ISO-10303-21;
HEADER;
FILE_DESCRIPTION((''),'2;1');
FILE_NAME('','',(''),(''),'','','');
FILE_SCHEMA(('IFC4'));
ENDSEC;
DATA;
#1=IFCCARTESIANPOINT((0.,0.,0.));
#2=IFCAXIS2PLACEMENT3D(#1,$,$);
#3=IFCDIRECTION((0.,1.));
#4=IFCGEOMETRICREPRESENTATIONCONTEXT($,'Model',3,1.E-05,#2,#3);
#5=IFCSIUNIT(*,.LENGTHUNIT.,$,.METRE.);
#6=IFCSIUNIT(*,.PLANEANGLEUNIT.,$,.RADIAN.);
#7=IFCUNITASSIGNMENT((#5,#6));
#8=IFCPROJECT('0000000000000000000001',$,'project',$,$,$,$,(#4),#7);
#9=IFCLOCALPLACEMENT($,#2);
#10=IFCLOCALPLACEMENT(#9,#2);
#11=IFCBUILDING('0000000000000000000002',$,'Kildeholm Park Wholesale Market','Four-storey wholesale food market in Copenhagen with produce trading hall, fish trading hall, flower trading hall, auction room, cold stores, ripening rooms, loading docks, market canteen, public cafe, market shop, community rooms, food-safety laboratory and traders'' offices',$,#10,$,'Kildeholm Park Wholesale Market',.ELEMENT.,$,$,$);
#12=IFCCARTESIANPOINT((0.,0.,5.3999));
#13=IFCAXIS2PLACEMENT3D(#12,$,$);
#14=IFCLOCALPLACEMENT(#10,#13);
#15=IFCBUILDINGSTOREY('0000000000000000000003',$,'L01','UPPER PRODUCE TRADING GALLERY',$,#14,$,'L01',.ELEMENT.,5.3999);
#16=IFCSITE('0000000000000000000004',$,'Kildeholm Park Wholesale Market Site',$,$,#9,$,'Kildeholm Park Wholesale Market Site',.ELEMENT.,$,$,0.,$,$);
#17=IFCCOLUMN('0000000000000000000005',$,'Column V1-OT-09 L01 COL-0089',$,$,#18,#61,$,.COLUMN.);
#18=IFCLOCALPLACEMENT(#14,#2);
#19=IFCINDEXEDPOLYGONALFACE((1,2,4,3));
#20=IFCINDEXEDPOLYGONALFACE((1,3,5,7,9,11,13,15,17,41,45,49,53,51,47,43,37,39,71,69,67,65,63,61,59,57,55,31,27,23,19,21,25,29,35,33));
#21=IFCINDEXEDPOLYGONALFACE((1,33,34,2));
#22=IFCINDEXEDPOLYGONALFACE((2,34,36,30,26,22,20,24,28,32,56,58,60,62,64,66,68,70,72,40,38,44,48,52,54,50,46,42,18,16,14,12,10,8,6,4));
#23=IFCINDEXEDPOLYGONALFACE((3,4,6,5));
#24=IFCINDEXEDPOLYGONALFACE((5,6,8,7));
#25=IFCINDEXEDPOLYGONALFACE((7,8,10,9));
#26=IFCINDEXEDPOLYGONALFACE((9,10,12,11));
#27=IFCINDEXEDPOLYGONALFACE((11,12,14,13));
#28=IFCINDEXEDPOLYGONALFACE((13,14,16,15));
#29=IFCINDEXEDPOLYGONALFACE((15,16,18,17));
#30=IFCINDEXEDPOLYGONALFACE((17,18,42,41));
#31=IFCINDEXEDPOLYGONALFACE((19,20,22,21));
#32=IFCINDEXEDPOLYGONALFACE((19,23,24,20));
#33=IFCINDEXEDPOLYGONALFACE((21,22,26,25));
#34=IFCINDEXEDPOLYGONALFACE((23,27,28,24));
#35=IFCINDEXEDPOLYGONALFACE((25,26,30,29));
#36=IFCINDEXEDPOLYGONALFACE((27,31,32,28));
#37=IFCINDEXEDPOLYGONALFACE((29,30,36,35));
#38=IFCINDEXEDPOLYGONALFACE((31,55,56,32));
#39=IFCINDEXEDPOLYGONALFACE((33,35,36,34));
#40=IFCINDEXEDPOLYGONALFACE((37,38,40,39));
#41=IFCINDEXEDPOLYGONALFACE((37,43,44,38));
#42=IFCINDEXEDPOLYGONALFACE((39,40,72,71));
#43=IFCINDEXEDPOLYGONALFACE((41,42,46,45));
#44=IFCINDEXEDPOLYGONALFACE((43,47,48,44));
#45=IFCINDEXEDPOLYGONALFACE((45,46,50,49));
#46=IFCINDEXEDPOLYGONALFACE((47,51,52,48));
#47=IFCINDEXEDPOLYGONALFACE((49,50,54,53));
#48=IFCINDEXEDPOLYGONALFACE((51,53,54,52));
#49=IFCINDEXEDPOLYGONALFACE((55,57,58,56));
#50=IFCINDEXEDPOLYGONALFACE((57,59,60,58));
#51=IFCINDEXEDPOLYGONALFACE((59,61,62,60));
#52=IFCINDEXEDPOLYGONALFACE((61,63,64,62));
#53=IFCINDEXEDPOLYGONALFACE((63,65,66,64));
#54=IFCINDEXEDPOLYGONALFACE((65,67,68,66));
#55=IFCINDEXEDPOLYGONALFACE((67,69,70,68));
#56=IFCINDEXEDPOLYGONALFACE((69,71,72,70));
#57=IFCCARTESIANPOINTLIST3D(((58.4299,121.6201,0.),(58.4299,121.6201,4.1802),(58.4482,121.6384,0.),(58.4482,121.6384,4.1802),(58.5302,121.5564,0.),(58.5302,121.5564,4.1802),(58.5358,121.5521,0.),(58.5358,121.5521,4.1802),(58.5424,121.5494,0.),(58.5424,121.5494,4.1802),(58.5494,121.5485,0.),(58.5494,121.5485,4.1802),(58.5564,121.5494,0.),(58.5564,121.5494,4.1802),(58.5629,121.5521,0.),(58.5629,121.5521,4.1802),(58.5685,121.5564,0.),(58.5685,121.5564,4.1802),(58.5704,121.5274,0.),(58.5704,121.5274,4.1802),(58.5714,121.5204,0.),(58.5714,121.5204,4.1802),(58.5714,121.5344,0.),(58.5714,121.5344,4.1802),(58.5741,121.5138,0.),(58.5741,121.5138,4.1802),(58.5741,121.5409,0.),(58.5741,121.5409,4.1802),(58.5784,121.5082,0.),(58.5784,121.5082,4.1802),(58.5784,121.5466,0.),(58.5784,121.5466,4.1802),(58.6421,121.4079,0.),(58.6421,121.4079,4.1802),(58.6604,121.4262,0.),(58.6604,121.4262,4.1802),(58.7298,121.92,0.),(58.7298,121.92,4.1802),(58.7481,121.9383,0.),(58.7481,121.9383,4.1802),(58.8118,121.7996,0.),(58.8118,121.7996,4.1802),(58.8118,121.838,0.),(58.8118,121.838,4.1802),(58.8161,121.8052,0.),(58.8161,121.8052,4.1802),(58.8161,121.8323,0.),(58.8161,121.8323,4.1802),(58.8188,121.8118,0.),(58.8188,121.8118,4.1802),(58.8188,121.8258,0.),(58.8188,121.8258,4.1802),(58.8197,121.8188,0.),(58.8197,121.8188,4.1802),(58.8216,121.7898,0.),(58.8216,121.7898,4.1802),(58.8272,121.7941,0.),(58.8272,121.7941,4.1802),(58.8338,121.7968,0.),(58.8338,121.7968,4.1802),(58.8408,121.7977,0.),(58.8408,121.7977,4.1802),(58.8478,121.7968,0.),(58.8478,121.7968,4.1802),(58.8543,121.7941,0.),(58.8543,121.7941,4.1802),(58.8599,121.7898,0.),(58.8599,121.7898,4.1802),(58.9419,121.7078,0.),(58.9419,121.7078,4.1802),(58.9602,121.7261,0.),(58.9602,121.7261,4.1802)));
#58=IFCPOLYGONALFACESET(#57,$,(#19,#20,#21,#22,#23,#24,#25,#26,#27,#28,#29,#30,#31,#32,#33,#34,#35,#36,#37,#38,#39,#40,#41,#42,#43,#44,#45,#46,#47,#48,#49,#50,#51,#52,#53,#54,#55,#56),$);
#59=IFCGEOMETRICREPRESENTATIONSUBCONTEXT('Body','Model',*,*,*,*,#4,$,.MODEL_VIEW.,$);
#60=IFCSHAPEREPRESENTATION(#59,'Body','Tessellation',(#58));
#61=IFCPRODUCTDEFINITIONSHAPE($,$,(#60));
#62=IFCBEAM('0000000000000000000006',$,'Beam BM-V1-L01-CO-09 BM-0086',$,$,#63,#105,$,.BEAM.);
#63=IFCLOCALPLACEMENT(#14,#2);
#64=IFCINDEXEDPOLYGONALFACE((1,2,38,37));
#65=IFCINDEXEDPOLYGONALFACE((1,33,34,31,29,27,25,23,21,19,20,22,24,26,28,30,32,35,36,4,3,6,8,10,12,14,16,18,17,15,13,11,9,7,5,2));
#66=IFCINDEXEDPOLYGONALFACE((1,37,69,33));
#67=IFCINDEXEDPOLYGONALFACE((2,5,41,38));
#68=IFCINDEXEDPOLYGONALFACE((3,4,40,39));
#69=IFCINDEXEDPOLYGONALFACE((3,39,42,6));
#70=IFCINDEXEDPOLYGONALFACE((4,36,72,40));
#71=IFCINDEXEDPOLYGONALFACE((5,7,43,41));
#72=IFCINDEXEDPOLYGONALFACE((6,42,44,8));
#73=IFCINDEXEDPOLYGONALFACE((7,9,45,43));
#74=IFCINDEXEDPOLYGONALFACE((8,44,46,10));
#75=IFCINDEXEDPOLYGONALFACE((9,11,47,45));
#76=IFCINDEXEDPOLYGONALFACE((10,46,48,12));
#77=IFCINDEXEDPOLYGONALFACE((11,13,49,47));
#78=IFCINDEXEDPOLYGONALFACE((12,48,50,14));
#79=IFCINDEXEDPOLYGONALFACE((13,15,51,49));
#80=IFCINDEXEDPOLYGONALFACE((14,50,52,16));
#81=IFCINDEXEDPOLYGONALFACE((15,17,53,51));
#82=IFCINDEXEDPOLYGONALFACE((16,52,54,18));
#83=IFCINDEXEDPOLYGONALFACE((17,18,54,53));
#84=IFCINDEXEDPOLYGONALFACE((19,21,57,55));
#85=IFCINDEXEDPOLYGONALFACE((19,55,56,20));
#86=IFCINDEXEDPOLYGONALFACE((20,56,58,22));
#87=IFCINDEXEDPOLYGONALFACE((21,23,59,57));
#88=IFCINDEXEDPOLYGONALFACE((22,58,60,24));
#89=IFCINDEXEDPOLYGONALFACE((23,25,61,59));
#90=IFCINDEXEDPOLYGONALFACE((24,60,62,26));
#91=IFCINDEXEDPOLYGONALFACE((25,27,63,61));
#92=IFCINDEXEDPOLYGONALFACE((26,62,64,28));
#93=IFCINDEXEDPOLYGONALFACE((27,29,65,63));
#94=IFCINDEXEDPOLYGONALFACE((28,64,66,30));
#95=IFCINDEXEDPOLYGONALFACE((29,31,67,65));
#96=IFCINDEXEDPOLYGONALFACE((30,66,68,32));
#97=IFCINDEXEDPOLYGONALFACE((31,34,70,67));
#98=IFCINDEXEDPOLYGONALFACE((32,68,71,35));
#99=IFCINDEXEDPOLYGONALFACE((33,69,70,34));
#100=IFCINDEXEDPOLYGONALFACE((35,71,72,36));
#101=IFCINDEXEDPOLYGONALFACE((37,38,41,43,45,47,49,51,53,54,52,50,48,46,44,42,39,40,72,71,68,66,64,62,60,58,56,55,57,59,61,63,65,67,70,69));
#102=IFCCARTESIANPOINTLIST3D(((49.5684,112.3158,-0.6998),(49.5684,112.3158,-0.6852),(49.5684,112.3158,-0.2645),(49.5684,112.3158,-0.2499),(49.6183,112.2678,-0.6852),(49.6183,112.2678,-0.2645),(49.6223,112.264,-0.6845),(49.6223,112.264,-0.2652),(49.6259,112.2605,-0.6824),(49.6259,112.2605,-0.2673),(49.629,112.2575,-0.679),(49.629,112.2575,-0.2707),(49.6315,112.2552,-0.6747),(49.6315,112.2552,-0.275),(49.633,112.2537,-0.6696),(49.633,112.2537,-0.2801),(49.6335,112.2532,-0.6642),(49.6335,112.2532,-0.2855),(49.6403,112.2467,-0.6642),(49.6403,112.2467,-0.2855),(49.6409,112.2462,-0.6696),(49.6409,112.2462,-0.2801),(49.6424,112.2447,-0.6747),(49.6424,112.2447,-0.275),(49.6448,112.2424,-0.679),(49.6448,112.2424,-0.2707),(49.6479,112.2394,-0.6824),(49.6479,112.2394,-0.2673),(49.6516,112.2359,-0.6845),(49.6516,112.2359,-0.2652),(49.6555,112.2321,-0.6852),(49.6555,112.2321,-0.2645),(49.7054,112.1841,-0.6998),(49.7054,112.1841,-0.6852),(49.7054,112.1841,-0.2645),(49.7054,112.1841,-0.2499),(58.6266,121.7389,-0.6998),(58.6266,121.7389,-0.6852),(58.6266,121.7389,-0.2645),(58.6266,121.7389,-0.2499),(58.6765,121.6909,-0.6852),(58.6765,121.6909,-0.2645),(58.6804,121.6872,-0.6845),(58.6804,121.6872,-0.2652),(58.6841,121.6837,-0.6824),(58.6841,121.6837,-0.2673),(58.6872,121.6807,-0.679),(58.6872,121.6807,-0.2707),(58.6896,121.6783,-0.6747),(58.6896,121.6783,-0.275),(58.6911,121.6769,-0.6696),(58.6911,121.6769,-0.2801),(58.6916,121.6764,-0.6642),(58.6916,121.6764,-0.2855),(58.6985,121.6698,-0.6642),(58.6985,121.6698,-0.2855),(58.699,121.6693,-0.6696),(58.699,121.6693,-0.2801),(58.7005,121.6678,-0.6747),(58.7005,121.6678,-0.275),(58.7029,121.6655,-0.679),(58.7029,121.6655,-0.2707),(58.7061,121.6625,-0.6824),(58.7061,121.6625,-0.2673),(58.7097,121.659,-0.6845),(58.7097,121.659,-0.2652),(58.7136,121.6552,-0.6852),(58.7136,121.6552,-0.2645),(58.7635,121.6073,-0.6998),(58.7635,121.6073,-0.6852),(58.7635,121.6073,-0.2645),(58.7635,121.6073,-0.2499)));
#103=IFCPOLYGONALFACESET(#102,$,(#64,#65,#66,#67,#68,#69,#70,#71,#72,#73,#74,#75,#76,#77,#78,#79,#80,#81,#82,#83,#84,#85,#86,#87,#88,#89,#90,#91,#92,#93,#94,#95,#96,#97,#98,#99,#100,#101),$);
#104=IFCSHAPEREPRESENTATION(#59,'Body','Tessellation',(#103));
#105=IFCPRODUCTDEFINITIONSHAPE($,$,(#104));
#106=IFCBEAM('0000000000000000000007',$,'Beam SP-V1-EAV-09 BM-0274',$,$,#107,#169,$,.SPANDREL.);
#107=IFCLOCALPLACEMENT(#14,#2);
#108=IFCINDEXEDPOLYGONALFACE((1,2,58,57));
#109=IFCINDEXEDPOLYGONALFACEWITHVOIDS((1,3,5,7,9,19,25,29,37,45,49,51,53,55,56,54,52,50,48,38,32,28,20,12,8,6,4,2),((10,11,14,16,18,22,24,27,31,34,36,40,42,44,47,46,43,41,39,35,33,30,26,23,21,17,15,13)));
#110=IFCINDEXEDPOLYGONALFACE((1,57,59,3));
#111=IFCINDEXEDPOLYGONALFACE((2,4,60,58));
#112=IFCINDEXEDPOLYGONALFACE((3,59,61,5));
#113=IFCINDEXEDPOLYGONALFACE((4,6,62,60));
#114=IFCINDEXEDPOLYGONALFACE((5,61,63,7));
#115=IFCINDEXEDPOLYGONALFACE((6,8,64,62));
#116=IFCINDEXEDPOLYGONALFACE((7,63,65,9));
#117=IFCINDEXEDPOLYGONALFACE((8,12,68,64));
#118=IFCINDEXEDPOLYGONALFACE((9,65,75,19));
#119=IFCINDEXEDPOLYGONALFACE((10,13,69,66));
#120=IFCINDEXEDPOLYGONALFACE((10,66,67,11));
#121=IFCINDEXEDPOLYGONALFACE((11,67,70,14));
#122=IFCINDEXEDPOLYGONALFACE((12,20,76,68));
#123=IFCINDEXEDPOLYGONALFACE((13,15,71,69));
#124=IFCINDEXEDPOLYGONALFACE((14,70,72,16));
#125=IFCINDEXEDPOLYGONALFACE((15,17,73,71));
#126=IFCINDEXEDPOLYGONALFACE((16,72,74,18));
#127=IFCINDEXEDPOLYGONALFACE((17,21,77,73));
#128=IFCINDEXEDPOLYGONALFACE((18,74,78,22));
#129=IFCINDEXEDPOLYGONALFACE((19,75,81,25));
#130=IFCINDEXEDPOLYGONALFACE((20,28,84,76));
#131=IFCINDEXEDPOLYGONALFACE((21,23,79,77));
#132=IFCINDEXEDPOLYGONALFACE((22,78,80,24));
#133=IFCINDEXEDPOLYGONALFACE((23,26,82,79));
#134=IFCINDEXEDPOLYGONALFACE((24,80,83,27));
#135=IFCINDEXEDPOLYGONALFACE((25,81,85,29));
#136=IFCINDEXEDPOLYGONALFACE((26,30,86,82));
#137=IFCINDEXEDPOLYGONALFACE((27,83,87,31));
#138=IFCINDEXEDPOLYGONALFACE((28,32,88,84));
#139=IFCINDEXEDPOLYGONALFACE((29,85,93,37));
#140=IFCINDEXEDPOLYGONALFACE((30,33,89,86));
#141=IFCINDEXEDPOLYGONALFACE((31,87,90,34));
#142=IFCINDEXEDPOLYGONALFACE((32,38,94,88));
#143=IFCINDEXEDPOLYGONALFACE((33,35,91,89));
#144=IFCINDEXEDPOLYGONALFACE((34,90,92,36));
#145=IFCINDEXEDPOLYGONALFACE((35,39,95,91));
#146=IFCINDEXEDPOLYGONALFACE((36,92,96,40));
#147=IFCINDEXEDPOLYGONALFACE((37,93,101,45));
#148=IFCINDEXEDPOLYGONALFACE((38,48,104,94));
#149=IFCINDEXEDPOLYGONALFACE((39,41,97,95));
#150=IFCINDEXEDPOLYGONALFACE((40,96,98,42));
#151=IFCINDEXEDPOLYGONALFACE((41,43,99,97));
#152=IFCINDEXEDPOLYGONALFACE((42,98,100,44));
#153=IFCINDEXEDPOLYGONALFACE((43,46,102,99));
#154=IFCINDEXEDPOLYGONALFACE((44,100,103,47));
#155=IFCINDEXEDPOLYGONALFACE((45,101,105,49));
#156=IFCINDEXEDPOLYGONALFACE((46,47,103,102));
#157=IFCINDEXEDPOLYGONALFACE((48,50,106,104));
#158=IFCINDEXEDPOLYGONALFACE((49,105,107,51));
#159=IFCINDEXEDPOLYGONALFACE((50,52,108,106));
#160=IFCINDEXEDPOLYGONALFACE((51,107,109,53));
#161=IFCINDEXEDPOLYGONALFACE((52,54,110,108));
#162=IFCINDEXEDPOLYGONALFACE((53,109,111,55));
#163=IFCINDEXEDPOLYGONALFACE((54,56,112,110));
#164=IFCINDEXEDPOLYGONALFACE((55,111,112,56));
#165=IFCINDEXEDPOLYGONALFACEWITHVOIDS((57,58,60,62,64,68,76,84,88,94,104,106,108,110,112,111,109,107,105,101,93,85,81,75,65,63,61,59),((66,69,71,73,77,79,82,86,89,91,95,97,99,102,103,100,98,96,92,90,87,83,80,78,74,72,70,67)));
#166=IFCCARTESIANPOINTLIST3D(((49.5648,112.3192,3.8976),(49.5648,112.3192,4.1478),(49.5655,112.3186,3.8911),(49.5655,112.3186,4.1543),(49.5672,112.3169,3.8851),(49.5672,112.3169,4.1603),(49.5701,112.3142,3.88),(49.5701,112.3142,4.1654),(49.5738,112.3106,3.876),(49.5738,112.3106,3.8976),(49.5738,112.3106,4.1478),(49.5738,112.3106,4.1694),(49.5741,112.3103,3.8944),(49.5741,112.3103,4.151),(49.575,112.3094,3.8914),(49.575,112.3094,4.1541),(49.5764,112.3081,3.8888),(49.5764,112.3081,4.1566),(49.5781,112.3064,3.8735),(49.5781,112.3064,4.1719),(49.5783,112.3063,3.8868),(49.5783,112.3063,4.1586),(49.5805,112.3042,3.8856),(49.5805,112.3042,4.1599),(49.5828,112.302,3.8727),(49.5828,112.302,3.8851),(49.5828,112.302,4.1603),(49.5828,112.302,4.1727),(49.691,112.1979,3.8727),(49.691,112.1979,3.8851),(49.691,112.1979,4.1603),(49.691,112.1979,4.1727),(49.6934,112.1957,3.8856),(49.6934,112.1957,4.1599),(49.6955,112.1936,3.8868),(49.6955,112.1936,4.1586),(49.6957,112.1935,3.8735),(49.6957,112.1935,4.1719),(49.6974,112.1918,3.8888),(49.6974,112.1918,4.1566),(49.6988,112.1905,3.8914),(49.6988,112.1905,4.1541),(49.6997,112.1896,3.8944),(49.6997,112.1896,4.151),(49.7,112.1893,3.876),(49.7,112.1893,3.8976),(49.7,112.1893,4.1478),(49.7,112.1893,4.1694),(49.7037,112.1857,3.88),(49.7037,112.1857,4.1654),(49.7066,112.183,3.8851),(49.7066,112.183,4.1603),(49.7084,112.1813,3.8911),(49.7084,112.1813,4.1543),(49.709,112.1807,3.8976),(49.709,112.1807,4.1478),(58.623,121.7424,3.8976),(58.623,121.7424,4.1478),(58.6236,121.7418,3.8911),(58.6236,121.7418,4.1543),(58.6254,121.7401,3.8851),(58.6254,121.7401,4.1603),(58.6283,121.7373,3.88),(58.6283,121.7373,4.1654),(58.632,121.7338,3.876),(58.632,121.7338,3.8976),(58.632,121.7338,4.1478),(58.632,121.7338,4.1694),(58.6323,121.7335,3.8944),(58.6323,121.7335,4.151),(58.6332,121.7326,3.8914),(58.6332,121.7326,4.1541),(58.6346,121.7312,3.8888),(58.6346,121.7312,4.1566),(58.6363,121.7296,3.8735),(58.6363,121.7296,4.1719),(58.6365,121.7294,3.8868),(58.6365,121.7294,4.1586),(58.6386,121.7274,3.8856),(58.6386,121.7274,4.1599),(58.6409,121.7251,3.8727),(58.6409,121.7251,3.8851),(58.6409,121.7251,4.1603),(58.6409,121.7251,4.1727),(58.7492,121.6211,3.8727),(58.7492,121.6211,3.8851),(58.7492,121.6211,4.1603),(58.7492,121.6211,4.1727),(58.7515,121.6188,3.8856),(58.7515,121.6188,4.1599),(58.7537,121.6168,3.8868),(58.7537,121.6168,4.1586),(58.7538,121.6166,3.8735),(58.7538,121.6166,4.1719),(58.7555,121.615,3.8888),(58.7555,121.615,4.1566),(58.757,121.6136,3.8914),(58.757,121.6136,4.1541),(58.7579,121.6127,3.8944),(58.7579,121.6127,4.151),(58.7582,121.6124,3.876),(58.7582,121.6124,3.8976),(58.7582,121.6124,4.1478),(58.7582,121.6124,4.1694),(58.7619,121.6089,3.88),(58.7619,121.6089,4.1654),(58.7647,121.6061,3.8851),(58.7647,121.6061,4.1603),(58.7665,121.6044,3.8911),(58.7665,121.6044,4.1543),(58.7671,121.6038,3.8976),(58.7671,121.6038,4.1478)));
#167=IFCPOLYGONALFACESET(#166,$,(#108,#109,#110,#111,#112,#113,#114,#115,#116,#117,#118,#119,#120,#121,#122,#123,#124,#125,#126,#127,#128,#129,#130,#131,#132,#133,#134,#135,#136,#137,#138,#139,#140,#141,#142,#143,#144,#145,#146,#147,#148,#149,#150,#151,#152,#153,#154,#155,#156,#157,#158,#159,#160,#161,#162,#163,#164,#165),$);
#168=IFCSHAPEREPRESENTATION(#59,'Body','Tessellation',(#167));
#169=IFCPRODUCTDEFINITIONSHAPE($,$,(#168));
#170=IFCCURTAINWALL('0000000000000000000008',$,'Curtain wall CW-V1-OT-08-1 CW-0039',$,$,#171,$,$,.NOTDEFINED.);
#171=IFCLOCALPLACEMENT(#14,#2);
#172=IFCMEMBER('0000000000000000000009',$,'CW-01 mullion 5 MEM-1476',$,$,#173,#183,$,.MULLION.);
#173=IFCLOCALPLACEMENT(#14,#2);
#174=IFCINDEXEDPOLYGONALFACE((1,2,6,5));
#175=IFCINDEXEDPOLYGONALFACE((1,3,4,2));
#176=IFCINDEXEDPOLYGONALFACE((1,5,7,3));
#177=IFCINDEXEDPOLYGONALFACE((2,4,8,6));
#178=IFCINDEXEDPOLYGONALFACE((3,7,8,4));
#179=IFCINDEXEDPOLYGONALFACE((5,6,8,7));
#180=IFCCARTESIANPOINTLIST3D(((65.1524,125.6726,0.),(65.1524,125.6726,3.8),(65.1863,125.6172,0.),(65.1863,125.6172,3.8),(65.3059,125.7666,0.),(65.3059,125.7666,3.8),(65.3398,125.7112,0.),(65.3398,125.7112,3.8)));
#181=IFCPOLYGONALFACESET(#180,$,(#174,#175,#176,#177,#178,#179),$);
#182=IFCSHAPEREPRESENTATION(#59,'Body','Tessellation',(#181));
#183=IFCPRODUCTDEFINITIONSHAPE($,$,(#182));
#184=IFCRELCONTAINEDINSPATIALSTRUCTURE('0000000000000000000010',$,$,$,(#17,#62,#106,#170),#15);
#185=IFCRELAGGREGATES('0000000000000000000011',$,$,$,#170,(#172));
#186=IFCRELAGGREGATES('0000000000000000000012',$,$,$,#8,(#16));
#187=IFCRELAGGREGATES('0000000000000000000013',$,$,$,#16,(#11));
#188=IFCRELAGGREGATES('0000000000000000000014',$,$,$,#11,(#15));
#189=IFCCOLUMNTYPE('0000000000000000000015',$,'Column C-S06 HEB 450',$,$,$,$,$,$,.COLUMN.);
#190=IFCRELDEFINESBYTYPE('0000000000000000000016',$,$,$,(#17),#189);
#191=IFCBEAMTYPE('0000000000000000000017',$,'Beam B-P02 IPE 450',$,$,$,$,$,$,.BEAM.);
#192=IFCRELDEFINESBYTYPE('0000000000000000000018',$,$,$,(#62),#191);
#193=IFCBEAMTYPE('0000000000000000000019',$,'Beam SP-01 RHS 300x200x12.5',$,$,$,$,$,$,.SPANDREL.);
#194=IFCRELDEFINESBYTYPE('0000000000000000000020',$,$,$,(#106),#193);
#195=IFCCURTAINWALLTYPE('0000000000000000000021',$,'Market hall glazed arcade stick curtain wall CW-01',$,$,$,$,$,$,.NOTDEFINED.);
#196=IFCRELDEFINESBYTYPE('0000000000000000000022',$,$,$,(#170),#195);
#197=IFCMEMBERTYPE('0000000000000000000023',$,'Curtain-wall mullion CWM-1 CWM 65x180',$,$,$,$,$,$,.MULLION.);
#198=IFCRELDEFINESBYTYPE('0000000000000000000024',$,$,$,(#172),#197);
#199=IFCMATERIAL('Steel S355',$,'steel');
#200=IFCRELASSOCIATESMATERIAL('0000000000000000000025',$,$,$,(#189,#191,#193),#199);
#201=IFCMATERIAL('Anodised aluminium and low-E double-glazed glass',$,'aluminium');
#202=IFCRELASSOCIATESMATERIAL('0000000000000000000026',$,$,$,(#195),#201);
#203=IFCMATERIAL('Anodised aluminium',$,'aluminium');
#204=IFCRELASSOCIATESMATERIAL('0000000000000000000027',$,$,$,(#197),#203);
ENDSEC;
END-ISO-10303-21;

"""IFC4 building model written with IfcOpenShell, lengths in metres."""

from ifc_helpers import new_model, si_unit, direction, frame, origin, origin_2d, place, context, subcontext, project, spatial, rectangle, hollow_rectangle, i_section, extrude, material, material_profile, profile_set, type_object, element, aggregate, save


model = new_model("IFC4")

# Units and contexts
model_context = context("Model", 3, precision=1e-05, world=origin(), true_north=direction((0.0, 1.0)))
body_context = subcontext(model_context, "Body", "Model", "MODEL_VIEW")
ifc_project = project(units=[si_unit("LENGTHUNIT", "METRE"), si_unit("PLANEANGLEUNIT", "RADIAN")], contexts=[model_context])

# Site, building, storey
site_placement = place(None, origin())
site = spatial("IfcSite", under=ifc_project, at=site_placement, Name="Kildeholm Park Wholesale Market Site", LongName="Kildeholm Park Wholesale Market Site", CompositionType="ELEMENT", RefElevation=0.0)
building_placement = place(site_placement, origin())
building = spatial("IfcBuilding", under=site, at=building_placement, Name="Kildeholm Park Wholesale Market", Description="Four-storey wholesale food market in Copenhagen with produce trading hall, fish trading hall, flower trading hall, auction room, cold stores, ripening rooms, loading docks, market canteen, public cafe, market shop, community rooms, food-safety laboratory and traders' offices", LongName="Kildeholm Park Wholesale Market", CompositionType="ELEMENT")
storey_placement = place(building_placement, frame((0.0, 0.0, 5.3999)))
storey = spatial("IfcBuildingStorey", under=building, at=storey_placement, Name="L01", Description="UPPER PRODUCE TRADING GALLERY", LongName="L01", CompositionType="ELEMENT", Elevation=5.3999)

# Column
ifc_material_1 = material(Name="Steel S355", Category="steel")
ifc_material_profile_1 = material_profile(ifc_material_1, i_section(OverallWidth=0.3, OverallDepth=0.45, WebThickness=0.0139, FlangeThickness=0.0259, FilletRadius=0.0271, at=origin_2d()), Name="HEB 450")
ifc_profile_set_1 = profile_set([ifc_material_profile_1], Name="Steel S355")
column_type = type_object("IfcColumnType", Name="Column C-S06 HEB 450", PredefinedType="COLUMN", material=ifc_profile_set_1)
column_placement = place(storey_placement, frame((58.6951, 121.6731, 0.0), z_axis=(0.0, 0.0, 1.0), x_axis=(-0.707107, 0.707107, 0.0)))
element("IfcColumn", 1, at=column_placement, inside=storey, type_object=column_type, Name="Column V1-OT-09 L01 COL-0089", PredefinedType="COLUMN", context=body_context, shape_type="SweptSolid", body=[
    extrude(i_section(OverallWidth=0.3, OverallDepth=0.45, WebThickness=0.0139, FlangeThickness=0.0259, FilletRadius=0.0271, at=origin_2d()), origin(), (0.0, 0.0, 1.0), 4.1802),
])

# Beams
ifc_material_profile_2 = material_profile(ifc_material_1, i_section(OverallWidth=0.1899, OverallDepth=0.45, WebThickness=0.0095, FlangeThickness=0.0146, FilletRadius=0.021, at=origin_2d()), Name="IPE 450")
ifc_profile_set_2 = profile_set([ifc_material_profile_2], Name="Steel S355")
beam_type_1 = type_object("IfcBeamType", Name="Beam B-P02 IPE 450", PredefinedType="BEAM", material=ifc_profile_set_2)
beam_1_placement = place(storey_placement, frame((58.6951, 121.6731, -0.4749), z_axis=(-0.693007, -0.720931, 0.0), x_axis=(0.720931, -0.693007, 0.0)))
element("IfcBeam", 2, at=beam_1_placement, inside=storey, type_object=beam_type_1, Name="Beam BM-V1-L01-CO-09 BM-0086", PredefinedType="BEAM", context=body_context, shape_type="SweptSolid", body=[
    extrude(i_section(OverallWidth=0.1899, OverallDepth=0.45, WebThickness=0.0095, FlangeThickness=0.0146, FilletRadius=0.021, at=origin_2d()), origin(), (0.0, 0.0, 1.0), 13.0708),
])
ifc_material_profile_3 = material_profile(ifc_material_1, hollow_rectangle(XDim=0.2, YDim=0.3, WallThickness=0.0125, InnerFilletRadius=0.0125, OuterFilletRadius=0.0249, at=origin_2d()), Name="RHS 300x200x12.5")
ifc_profile_set_3 = profile_set([ifc_material_profile_3], Name="Steel S355")
beam_type_2 = type_object("IfcBeamType", Name="Beam SP-01 RHS 300x200x12.5", PredefinedType="SPANDREL", material=ifc_profile_set_3)
beam_2_placement = place(storey_placement, frame((58.6951, 121.6731, 4.0227), z_axis=(-0.693007, -0.720931, 0.0), x_axis=(0.720931, -0.693007, 0.0)))
element("IfcBeam", 3, at=beam_2_placement, inside=storey, type_object=beam_type_2, Name="Beam SP-V1-EAV-09 BM-0274", PredefinedType="SPANDREL", context=body_context, shape_type="SweptSolid", body=[
    extrude(hollow_rectangle(XDim=0.2, YDim=0.3, WallThickness=0.0125, InnerFilletRadius=0.0125, OuterFilletRadius=0.0249, at=origin_2d()), origin(), (0.0, 0.0, 1.0), 13.0708),
])

# Curtain wall, member
ifc_material_2 = material(Name="Anodised aluminium and low-E double-glazed glass", Category="aluminium")
curtain_wall_type = type_object("IfcCurtainWallType", Name="Market hall glazed arcade stick curtain wall CW-01", PredefinedType="NOTDEFINED", material=ifc_material_2)
curtain_wall_1_placement = place(storey_placement, origin())
curtain_wall_1 = element("IfcCurtainWall", 4, at=curtain_wall_1_placement, inside=storey, type_object=curtain_wall_type, Name="Curtain wall CW-V1-OT-08-1 CW-0039", PredefinedType="NOTDEFINED")
ifc_material_3 = material(Name="Anodised aluminium", Category="aluminium")
ifc_material_profile_4 = material_profile(ifc_material_3, rectangle(XDim=0.0649, YDim=0.1799, at=origin_2d()), Name="CWM 65x180")
ifc_profile_set_4 = profile_set([ifc_material_profile_4], Name="Anodised aluminium")
member_type_1 = type_object("IfcMemberType", Name="Curtain-wall mullion CWM-1 CWM 65x180", PredefinedType="MULLION", material=ifc_profile_set_4)
member_1_placement = place(storey_placement, frame((65.2461, 125.6919, 0.0), z_axis=(0.0, 0.0, 1.0), x_axis=(0.522284, -0.852771, 0.0)))
member_1 = element("IfcMember", 5, at=member_1_placement, type_object=member_type_1, Name="CW-01 mullion 5 MEM-1476", PredefinedType="MULLION", context=body_context, shape_type="SweptSolid", body=[
    extrude(rectangle(XDim=0.0649, YDim=0.1799, at=origin_2d()), origin(), (0.0, 0.0, 1.0), 3.8),
])

aggregate(curtain_wall_1, [member_1])

save(model, "model.ifc")
